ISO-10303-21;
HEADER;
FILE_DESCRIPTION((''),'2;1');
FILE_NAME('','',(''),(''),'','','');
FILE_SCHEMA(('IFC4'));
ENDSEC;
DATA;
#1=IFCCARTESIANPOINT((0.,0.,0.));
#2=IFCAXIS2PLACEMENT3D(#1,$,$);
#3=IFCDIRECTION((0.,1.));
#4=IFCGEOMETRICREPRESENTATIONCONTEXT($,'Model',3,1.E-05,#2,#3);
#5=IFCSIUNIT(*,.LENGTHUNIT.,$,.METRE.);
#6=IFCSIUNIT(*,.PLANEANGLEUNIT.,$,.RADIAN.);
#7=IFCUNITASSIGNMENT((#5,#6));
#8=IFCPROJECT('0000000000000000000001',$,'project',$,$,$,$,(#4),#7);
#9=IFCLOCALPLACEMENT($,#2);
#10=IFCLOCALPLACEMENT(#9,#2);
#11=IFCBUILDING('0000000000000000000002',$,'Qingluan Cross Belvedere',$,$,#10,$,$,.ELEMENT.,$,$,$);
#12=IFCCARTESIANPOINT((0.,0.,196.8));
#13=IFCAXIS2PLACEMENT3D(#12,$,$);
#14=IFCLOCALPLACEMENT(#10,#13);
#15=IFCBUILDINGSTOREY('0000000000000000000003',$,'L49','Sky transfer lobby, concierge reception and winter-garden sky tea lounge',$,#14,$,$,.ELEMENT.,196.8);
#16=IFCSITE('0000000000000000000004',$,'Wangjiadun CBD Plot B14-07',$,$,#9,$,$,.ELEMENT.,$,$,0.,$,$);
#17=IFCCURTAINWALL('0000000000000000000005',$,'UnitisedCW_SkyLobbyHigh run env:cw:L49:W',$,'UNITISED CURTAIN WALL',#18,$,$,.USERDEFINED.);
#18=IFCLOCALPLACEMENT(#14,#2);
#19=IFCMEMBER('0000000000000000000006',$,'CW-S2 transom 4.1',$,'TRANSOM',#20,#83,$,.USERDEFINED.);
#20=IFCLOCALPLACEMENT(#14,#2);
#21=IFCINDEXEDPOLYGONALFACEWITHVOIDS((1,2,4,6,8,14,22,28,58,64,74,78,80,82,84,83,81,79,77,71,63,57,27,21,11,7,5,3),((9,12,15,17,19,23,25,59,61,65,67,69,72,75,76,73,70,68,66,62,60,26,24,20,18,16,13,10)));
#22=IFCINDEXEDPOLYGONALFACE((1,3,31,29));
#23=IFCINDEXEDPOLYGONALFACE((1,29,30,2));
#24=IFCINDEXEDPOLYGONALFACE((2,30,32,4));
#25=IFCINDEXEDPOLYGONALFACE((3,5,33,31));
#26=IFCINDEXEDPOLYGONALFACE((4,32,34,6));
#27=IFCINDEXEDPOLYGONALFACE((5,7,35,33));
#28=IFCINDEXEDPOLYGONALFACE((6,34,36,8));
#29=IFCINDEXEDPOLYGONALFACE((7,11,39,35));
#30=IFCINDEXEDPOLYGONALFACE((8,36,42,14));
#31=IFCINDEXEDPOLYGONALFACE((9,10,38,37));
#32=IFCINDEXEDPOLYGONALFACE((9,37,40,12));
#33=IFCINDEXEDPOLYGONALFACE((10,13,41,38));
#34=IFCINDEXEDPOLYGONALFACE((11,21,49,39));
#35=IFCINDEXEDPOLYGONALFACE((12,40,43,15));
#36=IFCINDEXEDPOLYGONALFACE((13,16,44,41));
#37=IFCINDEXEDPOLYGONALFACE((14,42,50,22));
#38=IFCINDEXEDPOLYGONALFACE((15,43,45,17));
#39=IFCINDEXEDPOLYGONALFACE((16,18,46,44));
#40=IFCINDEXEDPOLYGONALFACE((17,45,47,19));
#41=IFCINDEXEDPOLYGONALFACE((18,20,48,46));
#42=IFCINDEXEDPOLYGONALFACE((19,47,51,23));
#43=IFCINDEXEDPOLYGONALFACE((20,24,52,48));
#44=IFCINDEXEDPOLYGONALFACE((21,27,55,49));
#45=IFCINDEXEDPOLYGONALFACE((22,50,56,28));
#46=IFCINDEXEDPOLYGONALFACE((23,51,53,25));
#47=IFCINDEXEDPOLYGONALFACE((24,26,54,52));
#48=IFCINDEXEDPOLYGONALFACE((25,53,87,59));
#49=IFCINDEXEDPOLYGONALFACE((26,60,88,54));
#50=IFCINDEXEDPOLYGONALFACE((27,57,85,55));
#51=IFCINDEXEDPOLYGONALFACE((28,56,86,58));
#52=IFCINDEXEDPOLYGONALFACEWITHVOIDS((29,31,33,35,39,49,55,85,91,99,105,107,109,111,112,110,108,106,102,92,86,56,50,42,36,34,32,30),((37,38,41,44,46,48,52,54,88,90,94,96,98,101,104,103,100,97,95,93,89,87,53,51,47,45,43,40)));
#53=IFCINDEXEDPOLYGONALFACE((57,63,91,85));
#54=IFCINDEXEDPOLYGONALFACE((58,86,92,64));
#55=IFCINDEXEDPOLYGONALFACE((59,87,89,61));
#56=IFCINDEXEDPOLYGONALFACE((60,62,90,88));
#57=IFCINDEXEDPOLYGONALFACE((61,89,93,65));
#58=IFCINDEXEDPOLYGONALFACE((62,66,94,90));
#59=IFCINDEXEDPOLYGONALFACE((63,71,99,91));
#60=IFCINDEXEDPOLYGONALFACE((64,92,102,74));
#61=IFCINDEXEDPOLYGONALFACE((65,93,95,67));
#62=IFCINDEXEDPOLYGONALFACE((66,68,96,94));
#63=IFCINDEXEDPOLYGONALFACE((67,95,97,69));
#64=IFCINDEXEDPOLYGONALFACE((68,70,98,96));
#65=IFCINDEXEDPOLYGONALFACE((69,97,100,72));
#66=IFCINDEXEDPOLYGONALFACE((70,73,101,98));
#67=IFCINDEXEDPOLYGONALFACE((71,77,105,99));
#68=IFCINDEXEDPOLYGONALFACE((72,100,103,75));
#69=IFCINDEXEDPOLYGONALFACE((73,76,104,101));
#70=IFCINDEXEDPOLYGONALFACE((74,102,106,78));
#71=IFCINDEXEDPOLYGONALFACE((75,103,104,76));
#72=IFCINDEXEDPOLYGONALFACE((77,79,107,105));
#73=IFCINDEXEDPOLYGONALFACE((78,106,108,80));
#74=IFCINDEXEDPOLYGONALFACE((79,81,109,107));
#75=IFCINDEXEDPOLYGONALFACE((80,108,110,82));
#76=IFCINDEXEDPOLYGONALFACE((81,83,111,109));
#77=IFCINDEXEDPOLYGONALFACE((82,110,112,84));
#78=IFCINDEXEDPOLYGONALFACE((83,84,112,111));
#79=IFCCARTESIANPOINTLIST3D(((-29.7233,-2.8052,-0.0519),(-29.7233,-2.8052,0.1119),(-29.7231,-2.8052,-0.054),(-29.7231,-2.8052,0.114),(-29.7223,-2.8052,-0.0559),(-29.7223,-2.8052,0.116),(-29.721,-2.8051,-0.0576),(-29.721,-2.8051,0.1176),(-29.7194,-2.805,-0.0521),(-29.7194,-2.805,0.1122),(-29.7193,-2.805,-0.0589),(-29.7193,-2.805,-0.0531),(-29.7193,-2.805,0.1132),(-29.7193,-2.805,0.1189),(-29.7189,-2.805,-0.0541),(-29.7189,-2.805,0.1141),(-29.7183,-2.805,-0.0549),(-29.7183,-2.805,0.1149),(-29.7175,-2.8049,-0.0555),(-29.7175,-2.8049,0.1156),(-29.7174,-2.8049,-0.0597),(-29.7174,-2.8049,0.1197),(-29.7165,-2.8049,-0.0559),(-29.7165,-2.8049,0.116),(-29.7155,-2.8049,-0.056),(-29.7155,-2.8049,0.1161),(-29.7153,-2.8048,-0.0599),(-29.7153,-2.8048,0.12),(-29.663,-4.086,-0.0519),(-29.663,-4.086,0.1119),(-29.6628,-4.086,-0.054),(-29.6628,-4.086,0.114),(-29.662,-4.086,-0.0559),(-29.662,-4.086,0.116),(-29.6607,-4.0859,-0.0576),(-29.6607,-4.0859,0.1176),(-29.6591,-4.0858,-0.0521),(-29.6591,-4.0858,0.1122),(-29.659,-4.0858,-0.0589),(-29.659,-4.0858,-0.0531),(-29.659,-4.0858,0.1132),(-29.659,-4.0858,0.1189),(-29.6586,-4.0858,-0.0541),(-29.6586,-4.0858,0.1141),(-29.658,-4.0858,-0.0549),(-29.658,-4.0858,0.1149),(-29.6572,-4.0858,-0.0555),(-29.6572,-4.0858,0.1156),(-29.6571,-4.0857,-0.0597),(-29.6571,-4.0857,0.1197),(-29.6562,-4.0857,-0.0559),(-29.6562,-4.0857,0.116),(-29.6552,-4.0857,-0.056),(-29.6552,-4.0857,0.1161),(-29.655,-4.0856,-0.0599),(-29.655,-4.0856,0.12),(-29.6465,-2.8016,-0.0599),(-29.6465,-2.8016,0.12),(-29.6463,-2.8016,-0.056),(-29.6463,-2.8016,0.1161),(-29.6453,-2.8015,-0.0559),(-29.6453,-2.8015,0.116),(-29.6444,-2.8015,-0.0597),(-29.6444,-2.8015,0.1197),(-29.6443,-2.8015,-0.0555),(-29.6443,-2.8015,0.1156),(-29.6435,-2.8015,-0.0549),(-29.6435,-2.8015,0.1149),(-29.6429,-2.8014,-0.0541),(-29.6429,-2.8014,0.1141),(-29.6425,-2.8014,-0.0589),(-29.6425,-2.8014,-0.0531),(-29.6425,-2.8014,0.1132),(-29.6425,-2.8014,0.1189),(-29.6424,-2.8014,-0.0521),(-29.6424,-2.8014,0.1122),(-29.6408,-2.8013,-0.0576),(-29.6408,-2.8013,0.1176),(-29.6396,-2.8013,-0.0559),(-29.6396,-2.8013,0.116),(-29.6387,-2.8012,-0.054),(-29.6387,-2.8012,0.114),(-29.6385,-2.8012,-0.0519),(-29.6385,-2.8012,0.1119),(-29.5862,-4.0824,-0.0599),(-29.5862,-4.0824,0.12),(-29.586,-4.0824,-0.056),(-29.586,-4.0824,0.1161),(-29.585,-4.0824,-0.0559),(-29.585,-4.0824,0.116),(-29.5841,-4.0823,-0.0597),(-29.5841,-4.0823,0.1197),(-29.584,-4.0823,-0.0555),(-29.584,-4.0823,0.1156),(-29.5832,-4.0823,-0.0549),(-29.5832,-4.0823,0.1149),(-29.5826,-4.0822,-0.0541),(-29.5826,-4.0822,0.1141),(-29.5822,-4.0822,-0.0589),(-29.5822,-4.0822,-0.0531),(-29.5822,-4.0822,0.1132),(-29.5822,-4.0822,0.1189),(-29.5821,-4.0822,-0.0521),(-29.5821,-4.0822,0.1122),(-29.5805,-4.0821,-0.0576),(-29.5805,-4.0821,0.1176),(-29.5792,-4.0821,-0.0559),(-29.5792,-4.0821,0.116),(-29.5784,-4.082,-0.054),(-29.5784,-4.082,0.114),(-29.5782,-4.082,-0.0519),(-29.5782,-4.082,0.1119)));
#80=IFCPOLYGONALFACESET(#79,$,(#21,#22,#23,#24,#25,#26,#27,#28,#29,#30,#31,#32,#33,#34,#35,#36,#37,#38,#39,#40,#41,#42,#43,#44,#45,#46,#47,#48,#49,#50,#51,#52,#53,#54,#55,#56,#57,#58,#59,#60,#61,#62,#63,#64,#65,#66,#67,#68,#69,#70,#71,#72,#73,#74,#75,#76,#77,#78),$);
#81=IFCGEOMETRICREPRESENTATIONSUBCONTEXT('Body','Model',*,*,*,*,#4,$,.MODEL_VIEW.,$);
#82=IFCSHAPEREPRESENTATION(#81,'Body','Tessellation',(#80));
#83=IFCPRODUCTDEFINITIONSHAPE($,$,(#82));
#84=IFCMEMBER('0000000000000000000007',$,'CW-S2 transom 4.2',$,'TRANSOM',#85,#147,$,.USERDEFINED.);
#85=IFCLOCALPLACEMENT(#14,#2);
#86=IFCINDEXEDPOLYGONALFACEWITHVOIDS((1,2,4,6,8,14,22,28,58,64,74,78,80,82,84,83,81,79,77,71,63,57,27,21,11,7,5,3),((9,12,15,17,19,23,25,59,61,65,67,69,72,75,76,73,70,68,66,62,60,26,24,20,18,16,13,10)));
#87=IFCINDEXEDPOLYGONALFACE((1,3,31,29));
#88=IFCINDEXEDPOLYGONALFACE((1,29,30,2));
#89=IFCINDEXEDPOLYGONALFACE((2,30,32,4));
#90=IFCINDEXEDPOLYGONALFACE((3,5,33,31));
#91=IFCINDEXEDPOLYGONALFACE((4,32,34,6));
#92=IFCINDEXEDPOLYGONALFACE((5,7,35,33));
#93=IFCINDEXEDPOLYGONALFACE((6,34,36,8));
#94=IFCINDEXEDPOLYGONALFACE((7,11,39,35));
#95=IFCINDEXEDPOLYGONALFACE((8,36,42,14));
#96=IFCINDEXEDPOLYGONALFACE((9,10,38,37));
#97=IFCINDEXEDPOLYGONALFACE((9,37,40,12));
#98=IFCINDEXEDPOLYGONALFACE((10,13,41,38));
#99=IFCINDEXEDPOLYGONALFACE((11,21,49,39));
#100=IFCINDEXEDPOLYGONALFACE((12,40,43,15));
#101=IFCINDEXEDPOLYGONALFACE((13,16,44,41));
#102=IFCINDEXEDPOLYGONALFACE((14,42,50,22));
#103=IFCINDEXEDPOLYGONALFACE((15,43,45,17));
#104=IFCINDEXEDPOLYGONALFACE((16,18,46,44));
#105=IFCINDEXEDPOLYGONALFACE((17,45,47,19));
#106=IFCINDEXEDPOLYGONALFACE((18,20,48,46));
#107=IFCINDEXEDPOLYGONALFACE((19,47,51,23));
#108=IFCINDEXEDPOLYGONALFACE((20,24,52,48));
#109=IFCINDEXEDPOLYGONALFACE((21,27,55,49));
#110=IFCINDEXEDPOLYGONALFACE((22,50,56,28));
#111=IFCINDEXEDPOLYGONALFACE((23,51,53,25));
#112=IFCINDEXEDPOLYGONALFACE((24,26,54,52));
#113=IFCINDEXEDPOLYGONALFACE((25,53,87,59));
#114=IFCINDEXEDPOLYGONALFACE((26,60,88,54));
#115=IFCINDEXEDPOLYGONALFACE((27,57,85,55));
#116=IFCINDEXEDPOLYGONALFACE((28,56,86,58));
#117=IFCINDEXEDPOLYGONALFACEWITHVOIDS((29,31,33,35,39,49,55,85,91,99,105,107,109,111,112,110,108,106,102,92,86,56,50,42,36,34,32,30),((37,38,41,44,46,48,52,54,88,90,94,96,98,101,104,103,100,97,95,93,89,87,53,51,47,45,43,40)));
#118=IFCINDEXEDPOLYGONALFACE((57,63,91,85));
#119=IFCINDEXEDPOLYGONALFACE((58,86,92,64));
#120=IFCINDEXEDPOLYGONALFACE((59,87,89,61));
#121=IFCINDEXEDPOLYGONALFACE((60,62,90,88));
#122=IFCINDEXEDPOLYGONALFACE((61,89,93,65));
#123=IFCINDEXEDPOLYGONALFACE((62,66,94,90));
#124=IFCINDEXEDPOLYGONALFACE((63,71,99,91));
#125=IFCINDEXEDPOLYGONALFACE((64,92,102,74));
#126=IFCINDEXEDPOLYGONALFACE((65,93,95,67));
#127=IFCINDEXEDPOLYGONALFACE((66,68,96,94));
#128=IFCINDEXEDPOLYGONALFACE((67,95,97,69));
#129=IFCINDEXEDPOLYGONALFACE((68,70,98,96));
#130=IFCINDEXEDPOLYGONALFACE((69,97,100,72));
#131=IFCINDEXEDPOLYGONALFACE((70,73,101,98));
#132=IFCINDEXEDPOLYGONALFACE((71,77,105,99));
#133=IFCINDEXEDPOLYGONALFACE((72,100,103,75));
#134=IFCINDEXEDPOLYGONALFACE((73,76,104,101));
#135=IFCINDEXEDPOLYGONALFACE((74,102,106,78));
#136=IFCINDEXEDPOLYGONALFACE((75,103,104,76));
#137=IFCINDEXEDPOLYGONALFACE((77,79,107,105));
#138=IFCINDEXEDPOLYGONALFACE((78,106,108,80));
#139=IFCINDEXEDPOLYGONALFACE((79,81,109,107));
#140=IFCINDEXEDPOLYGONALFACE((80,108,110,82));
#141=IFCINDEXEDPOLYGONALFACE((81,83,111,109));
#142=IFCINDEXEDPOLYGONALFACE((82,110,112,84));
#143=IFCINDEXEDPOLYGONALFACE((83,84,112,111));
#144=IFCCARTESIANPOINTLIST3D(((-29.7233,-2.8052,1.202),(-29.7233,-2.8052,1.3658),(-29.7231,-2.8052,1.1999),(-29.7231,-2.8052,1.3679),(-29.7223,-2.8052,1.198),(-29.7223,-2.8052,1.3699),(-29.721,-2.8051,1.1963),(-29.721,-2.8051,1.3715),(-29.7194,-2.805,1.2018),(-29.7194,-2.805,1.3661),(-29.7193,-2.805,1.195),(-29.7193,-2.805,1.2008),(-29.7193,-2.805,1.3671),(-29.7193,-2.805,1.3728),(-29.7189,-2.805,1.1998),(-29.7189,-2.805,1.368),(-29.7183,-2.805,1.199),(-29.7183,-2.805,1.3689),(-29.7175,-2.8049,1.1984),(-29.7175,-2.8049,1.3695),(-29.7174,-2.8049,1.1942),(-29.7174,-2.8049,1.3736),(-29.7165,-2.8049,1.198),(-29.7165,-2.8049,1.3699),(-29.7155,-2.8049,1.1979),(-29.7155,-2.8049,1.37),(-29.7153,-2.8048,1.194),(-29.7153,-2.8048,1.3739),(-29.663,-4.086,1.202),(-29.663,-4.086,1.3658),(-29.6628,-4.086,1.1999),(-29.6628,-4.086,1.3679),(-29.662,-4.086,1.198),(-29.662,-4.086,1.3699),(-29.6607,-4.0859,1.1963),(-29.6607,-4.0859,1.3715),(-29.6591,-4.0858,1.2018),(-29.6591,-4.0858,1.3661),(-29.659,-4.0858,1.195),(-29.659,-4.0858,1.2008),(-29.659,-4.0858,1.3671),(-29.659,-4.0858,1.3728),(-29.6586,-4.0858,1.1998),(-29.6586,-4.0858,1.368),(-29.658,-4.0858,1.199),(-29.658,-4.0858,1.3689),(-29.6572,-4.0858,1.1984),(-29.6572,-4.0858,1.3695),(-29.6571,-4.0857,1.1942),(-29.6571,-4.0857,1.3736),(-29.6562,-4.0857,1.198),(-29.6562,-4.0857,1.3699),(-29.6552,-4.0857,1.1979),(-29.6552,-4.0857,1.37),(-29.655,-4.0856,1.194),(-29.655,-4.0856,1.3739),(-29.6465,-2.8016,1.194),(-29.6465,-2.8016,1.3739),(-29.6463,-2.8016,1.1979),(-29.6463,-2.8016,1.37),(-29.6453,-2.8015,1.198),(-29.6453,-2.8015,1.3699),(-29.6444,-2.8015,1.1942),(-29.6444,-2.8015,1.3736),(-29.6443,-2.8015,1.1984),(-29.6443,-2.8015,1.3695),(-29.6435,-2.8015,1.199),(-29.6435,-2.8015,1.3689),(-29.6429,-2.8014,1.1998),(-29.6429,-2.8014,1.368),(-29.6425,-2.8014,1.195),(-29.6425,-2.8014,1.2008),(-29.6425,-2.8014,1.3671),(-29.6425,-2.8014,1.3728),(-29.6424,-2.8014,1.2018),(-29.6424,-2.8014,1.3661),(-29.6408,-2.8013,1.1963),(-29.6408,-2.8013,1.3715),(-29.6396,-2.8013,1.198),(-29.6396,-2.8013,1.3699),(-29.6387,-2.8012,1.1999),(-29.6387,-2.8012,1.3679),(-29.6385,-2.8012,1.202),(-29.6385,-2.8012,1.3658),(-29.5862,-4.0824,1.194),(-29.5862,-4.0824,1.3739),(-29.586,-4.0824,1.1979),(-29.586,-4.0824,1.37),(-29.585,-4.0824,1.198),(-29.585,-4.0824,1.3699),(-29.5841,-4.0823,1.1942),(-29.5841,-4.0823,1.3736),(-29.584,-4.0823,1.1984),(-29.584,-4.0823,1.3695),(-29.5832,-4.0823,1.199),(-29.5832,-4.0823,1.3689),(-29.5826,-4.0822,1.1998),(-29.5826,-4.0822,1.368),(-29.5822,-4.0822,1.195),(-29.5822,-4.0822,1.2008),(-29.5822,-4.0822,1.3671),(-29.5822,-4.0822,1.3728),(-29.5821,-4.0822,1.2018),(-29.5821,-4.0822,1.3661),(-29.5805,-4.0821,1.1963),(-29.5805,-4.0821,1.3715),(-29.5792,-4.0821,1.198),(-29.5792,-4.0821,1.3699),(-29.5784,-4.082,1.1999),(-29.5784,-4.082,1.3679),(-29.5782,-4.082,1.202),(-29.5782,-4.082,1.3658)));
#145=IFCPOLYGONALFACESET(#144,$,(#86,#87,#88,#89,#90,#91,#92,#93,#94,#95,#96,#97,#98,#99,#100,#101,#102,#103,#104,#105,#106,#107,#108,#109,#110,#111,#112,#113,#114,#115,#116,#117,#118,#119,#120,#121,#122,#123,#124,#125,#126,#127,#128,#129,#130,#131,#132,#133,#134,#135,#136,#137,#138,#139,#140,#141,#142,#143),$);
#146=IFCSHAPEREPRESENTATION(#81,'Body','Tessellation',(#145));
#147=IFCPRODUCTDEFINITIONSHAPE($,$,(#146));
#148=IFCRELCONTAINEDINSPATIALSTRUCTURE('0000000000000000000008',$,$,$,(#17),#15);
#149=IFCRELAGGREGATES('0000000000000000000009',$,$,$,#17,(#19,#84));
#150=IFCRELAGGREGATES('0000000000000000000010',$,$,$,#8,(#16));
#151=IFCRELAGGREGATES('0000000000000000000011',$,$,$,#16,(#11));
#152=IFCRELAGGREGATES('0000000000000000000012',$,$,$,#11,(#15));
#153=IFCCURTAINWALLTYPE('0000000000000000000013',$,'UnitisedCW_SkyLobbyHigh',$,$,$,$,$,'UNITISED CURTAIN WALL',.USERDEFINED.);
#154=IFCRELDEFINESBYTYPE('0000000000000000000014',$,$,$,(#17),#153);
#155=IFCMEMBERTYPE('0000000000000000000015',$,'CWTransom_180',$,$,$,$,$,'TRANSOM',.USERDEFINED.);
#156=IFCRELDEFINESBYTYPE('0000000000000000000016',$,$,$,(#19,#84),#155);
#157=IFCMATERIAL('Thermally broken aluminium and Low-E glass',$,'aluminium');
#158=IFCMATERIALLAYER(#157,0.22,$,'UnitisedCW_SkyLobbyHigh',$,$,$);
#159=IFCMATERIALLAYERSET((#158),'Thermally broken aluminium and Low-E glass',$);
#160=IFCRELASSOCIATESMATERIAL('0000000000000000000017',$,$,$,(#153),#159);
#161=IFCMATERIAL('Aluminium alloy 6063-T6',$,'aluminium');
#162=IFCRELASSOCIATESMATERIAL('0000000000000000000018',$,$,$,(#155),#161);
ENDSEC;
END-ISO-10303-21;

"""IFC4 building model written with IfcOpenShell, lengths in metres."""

from ifc_helpers import new_model, si_unit, direction, frame, origin, origin_2d, place, context, subcontext, project, spatial, hollow_rectangle, extrude, material, layer, layer_set, material_profile, profile_set, type_object, element, aggregate, save


model = new_model("IFC4")

# Units and contexts
model_context = context("Model", 3, precision=1e-05, world=origin(), true_north=direction((0.0, 1.0)))
body_context = subcontext(model_context, "Body", "Model", "MODEL_VIEW")
ifc_project = project(units=[si_unit("LENGTHUNIT", "METRE"), si_unit("PLANEANGLEUNIT", "RADIAN")], contexts=[model_context])

# Site, building, storey
site_placement = place(None, origin())
site = spatial("IfcSite", under=ifc_project, at=site_placement, Name="Wangjiadun CBD Plot B14-07", CompositionType="ELEMENT", RefElevation=0.0)
building_placement = place(site_placement, origin())
building = spatial("IfcBuilding", under=site, at=building_placement, Name="Qingluan Cross Belvedere", CompositionType="ELEMENT")
storey_placement = place(building_placement, frame((0.0, 0.0, 196.8)))
storey = spatial("IfcBuildingStorey", under=building, at=storey_placement, Name="L49", Description="Sky transfer lobby, concierge reception and winter-garden sky tea lounge", CompositionType="ELEMENT", Elevation=196.8)

# Curtain wall, members
ifc_material_1 = material(Name="Thermally broken aluminium and Low-E glass", Category="aluminium")
ifc_layer_1 = layer(ifc_material_1, 0.22, Name="UnitisedCW_SkyLobbyHigh")
ifc_layer_set_1 = layer_set([ifc_layer_1], Name="Thermally broken aluminium and Low-E glass")
curtain_wall_type = type_object("IfcCurtainWallType", Name="UnitisedCW_SkyLobbyHigh", ElementType="UNITISED CURTAIN WALL", PredefinedType="USERDEFINED", material=ifc_layer_set_1)
curtain_wall_placement = place(storey_placement, origin())
curtain_wall = element("IfcCurtainWall", 1, at=curtain_wall_placement, inside=storey, type_object=curtain_wall_type, Name="UnitisedCW_SkyLobbyHigh run env:cw:L49:W", ObjectType="UNITISED CURTAIN WALL", PredefinedType="USERDEFINED")
ifc_material_2 = material(Name="Aluminium alloy 6063-T6", Category="aluminium")
ifc_material_profile_1 = material_profile(ifc_material_2, hollow_rectangle(XDim=0.085, YDim=0.1799, WallThickness=0.0039, InnerFilletRadius=0.0039, OuterFilletRadius=0.0081, at=origin_2d()), Name="CWT180x85x4")
ifc_profile_set_1 = profile_set([ifc_material_profile_1], Name="Aluminium alloy 6063-T6")
member_type_1 = type_object("IfcMemberType", Name="CWTransom_180", ElementType="TRANSOM", PredefinedType="USERDEFINED", material=ifc_profile_set_1)
member_1_placement = place(storey_placement, frame((-29.6809, -2.8032, 0.03), z_axis=(0.047031, -0.998893, 0.0), x_axis=(0.998893, 0.047031, 0.0)))
member_1 = element("IfcMember", 2, at=member_1_placement, type_object=member_type_1, Name="CW-S2 transom 4.1", ObjectType="TRANSOM", PredefinedType="USERDEFINED", context=body_context, shape_type="SweptSolid", body=[
    extrude(hollow_rectangle(XDim=0.085, YDim=0.1799, WallThickness=0.0039, InnerFilletRadius=0.0039, OuterFilletRadius=0.0081, at=origin_2d()), origin(), (0.0, 0.0, 1.0), 1.2822),
])
member_2_placement = place(storey_placement, frame((-29.6809, -2.8032, 1.2839), z_axis=(0.047031, -0.998893, 0.0), x_axis=(0.998893, 0.047031, 0.0)))
member_2 = element("IfcMember", 3, at=member_2_placement, type_object=member_type_1, Name="CW-S2 transom 4.2", ObjectType="TRANSOM", PredefinedType="USERDEFINED", context=body_context, shape_type="SweptSolid", body=[
    extrude(hollow_rectangle(XDim=0.085, YDim=0.1799, WallThickness=0.0039, InnerFilletRadius=0.0039, OuterFilletRadius=0.0081, at=origin_2d()), origin(), (0.0, 0.0, 1.0), 1.2822),
])
aggregate(curtain_wall, [member_1, member_2])

save(model, "model.ifc")
